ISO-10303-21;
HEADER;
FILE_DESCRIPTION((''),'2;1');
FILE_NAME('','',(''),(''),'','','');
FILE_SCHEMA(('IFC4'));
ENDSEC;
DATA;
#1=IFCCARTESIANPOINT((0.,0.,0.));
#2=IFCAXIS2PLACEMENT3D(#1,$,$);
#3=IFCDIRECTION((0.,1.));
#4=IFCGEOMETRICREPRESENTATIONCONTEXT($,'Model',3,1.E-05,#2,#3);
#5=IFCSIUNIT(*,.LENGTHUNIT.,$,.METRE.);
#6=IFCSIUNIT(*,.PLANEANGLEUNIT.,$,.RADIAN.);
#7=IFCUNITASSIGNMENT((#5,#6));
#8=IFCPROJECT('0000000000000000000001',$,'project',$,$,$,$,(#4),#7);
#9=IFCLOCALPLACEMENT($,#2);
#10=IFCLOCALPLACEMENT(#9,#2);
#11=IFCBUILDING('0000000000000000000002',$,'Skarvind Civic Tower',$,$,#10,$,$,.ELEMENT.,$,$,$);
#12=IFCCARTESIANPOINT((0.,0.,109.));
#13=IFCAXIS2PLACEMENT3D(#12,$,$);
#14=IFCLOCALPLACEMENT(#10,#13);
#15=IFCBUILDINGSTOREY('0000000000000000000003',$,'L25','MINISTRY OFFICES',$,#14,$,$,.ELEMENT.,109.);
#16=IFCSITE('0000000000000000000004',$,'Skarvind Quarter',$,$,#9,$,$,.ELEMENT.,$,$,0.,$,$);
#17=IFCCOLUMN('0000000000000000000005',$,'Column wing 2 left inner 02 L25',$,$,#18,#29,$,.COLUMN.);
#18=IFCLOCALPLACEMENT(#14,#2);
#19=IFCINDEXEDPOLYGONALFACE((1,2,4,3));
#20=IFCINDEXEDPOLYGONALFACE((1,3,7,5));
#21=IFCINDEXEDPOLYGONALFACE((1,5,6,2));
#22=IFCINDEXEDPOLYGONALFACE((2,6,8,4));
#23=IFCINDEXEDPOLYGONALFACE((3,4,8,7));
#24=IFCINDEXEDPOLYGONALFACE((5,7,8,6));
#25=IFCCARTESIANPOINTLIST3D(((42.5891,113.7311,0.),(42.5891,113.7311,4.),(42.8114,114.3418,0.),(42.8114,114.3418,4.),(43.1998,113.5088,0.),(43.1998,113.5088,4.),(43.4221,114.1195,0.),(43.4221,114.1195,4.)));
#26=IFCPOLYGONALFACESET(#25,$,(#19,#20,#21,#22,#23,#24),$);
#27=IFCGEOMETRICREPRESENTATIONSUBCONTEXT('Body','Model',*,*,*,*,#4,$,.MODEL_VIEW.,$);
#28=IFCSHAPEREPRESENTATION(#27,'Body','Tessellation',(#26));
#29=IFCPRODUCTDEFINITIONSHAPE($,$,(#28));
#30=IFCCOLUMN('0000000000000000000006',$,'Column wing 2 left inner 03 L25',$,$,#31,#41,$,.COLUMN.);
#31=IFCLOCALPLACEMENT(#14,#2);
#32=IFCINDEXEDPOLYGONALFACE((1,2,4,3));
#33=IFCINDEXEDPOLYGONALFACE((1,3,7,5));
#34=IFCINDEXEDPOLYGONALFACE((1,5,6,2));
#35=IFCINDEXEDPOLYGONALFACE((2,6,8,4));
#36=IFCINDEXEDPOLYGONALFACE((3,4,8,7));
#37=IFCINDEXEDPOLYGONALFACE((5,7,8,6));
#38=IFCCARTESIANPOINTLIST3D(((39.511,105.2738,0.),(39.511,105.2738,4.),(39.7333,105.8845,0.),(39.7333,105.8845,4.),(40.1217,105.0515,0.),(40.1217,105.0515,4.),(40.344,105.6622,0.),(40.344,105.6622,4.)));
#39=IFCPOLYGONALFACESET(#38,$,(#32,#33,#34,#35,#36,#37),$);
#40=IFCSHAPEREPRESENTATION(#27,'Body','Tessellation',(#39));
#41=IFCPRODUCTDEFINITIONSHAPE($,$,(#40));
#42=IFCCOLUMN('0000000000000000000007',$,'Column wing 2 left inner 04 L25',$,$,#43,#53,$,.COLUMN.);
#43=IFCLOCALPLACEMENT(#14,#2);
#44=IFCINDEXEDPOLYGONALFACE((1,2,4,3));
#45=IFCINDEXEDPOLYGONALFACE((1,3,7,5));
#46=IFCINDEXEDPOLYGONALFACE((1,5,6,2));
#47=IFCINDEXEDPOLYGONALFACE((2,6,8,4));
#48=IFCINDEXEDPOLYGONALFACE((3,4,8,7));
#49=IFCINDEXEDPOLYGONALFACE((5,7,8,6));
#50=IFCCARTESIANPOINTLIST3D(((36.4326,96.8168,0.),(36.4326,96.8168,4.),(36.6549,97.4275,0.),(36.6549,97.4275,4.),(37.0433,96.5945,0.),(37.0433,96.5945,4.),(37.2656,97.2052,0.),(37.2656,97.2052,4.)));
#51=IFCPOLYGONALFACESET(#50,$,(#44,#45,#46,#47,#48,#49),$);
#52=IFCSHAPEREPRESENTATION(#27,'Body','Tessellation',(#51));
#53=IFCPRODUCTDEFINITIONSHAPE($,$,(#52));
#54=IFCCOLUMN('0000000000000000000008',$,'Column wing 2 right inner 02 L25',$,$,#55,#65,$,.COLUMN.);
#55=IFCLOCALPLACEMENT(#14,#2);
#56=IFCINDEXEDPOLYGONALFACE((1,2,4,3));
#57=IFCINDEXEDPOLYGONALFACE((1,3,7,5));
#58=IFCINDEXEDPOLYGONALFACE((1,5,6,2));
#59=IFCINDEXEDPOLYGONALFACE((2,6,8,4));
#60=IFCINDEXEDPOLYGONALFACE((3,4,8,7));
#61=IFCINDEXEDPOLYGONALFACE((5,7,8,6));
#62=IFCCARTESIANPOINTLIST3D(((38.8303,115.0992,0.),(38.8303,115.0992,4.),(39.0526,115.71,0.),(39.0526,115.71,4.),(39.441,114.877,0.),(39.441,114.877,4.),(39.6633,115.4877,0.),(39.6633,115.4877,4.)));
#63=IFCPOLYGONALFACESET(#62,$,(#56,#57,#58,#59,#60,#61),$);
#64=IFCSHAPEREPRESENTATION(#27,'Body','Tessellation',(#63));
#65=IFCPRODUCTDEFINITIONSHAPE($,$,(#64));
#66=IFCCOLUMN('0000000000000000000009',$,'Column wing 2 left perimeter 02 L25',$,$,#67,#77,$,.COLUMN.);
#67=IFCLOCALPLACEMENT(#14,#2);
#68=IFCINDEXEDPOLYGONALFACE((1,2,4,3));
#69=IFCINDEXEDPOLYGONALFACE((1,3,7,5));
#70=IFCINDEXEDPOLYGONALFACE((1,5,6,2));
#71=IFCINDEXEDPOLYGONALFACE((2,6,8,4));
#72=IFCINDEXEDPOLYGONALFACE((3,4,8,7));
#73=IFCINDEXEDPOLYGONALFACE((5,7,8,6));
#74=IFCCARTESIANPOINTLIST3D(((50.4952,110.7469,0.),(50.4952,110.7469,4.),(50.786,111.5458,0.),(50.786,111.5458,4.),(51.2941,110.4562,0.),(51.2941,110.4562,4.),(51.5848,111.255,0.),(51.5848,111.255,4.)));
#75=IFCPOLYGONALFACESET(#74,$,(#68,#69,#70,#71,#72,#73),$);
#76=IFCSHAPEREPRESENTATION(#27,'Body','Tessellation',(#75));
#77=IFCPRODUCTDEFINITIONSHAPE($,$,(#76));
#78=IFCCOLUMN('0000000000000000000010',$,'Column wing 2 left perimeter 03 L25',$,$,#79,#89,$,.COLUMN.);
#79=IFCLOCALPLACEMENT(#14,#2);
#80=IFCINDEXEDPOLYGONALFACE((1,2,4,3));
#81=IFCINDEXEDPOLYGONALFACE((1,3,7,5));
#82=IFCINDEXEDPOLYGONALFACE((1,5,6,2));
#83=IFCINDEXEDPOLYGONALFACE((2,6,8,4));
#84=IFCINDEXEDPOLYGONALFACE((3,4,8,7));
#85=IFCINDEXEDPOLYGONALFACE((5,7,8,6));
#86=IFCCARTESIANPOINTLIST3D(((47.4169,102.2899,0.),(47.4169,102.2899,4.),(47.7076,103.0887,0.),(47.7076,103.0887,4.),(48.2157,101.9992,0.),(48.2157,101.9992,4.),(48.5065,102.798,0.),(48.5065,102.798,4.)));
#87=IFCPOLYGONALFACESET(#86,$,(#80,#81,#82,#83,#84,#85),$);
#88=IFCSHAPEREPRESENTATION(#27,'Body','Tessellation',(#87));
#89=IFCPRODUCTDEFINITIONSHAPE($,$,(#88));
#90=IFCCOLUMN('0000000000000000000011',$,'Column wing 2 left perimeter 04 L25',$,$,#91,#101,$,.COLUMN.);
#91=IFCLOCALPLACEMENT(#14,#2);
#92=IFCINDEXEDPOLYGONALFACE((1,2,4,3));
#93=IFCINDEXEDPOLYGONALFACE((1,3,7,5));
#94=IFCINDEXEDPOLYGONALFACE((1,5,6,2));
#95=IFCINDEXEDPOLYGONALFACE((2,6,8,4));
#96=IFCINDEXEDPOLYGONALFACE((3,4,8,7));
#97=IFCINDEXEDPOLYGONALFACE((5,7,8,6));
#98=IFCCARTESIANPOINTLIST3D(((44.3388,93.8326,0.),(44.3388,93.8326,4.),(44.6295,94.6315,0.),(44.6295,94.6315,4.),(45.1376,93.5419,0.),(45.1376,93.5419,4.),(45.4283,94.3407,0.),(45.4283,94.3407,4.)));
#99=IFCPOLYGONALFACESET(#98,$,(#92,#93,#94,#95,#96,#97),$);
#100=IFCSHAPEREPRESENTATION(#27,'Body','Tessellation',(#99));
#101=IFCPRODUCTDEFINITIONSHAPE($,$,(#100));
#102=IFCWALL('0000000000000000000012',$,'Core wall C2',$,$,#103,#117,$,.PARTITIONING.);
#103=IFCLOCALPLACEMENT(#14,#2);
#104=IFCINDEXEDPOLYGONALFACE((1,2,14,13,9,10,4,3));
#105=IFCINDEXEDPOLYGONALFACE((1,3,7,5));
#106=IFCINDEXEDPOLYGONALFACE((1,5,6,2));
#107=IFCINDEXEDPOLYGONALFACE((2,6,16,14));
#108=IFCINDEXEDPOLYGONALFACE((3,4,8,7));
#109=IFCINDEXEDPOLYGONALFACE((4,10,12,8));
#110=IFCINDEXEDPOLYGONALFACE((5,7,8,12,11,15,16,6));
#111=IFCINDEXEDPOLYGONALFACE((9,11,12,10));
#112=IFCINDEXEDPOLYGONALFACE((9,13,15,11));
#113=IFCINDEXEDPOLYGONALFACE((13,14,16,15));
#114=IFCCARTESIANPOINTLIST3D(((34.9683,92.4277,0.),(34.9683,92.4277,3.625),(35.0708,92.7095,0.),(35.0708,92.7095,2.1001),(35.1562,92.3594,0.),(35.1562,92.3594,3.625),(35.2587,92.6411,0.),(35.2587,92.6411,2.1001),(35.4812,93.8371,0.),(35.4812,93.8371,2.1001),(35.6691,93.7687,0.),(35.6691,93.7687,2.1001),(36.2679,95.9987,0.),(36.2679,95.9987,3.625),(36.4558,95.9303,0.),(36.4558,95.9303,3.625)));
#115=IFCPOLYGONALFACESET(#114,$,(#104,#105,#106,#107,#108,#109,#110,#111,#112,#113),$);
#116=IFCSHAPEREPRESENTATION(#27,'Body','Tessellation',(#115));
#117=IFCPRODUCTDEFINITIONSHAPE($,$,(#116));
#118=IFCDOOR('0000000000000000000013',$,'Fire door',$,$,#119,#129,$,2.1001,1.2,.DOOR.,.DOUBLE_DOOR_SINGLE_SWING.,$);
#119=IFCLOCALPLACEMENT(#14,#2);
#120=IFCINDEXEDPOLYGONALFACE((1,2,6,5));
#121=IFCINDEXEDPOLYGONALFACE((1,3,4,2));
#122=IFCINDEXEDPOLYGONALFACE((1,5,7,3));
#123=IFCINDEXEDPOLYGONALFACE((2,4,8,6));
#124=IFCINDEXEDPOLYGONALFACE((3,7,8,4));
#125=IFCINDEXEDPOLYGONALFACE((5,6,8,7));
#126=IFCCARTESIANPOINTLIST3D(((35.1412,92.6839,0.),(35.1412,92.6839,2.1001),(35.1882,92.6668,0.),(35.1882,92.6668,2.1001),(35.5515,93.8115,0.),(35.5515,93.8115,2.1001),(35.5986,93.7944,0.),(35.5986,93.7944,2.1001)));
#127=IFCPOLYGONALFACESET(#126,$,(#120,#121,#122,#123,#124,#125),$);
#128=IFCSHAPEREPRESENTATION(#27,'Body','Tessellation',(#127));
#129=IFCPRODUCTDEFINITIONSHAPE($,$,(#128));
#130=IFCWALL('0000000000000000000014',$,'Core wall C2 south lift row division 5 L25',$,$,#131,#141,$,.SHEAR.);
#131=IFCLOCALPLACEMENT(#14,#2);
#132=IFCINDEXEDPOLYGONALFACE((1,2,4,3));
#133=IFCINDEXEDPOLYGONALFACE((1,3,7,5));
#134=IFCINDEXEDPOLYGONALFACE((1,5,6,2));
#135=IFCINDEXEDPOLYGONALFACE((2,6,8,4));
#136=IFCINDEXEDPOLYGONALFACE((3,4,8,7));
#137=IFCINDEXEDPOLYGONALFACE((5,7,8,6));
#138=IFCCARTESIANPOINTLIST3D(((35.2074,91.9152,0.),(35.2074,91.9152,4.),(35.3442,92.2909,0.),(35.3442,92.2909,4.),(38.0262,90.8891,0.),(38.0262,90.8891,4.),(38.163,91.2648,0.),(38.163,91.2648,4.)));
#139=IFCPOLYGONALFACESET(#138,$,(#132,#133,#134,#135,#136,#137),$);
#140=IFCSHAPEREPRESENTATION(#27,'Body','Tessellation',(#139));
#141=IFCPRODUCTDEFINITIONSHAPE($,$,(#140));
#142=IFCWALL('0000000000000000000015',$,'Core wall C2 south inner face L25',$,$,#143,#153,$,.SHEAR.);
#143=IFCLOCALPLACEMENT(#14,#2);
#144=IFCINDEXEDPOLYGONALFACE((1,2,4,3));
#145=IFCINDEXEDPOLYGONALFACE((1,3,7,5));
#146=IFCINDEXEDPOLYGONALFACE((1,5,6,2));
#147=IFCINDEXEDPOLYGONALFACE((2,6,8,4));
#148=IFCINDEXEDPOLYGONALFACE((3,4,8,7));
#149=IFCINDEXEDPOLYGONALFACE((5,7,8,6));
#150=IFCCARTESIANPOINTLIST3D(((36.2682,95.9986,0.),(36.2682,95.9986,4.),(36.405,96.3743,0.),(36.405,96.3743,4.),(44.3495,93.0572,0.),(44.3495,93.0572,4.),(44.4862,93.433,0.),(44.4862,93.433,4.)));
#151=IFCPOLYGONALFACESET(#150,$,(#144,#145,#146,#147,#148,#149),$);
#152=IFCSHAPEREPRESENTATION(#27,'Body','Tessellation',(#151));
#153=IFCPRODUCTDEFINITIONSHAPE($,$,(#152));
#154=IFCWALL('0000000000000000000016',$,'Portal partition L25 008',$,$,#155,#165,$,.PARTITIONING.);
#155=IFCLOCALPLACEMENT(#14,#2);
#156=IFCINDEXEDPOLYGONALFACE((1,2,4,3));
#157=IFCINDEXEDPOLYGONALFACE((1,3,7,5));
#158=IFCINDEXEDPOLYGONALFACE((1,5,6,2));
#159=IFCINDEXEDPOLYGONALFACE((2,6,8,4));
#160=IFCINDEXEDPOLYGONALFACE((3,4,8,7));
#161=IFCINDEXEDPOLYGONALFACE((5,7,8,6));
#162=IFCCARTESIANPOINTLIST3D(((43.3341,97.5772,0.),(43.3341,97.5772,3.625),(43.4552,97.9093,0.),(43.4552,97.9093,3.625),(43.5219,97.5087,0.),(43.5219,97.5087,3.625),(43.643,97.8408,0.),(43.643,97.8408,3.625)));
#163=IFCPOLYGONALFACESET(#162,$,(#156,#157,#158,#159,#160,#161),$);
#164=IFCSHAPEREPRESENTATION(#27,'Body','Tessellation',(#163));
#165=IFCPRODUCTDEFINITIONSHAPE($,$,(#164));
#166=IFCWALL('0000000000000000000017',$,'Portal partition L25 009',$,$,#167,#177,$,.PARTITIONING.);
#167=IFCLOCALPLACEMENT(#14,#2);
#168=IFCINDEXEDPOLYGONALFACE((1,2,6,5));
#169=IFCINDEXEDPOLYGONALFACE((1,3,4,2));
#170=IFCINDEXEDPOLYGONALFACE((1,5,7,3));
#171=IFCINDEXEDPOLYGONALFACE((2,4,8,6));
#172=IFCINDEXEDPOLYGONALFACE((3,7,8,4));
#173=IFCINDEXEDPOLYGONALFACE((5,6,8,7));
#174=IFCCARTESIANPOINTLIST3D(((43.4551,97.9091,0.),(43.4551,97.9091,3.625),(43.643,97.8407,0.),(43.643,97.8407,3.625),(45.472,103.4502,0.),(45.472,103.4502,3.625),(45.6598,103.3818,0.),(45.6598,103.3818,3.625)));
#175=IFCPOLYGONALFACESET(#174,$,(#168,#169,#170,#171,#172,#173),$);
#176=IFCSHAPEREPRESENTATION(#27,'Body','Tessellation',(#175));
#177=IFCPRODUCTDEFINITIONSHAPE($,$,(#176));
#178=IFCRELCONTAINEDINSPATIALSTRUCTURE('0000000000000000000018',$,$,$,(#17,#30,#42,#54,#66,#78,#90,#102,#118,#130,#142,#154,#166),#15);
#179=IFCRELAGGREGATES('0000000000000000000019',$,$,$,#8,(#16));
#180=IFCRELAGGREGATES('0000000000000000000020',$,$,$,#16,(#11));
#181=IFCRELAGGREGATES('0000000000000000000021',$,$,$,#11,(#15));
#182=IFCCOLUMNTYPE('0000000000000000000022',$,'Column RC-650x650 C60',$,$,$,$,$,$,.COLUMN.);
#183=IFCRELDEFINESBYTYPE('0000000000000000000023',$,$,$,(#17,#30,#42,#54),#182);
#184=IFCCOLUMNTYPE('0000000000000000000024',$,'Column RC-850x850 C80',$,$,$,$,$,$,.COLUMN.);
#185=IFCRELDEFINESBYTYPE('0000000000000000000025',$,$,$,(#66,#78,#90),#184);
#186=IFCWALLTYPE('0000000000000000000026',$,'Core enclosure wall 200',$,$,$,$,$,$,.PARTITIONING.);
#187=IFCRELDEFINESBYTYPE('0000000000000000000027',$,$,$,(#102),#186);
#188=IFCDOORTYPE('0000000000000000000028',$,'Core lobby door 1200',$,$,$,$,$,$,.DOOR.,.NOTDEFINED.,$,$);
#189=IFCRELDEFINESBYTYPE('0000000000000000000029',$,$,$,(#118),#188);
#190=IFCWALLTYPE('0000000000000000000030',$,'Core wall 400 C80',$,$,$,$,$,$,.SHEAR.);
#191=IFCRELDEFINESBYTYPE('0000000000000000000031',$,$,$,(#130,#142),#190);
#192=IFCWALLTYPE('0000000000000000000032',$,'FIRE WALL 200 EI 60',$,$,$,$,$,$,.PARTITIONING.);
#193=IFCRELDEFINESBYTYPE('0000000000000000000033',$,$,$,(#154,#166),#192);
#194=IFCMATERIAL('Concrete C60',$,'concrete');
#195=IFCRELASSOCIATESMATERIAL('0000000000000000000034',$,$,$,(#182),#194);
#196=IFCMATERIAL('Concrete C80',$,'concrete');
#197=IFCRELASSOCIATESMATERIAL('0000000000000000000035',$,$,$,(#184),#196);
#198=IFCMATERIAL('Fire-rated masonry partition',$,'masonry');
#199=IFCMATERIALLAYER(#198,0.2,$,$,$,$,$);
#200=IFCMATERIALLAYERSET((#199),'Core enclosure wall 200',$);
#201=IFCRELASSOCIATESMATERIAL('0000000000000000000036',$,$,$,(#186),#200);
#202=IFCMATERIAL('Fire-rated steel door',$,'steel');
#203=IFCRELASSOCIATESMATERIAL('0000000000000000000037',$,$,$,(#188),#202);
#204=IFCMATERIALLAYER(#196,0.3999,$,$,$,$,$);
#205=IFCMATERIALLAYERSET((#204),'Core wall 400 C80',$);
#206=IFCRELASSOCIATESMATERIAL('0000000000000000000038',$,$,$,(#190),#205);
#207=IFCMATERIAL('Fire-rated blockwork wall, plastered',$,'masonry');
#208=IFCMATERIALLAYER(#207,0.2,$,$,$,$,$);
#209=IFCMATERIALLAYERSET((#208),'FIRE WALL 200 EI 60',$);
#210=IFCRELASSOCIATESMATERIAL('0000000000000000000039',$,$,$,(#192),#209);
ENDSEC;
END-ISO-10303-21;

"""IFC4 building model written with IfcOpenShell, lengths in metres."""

from ifc_helpers import new_model, si_unit, direction, frame, frame_2d, origin, origin_2d, place, context, subcontext, project, spatial, rectangle, extrude, material, layer, layer_set, material_profile, profile_set, type_object, element, fill, save


model = new_model("IFC4")

# Units and contexts
model_context = context("Model", 3, precision=1e-05, world=origin(), true_north=direction((0.0, 1.0)))
body_context = subcontext(model_context, "Body", "Model", "MODEL_VIEW")
ifc_project = project(units=[si_unit("LENGTHUNIT", "METRE"), si_unit("PLANEANGLEUNIT", "RADIAN")], contexts=[model_context])

# Site, building, storey
site_placement = place(None, origin())
site = spatial("IfcSite", under=ifc_project, at=site_placement, Name="Skarvind Quarter", CompositionType="ELEMENT", RefElevation=0.0)
building_placement = place(site_placement, origin())
building = spatial("IfcBuilding", under=site, at=building_placement, Name="Skarvind Civic Tower", CompositionType="ELEMENT")
storey_placement = place(building_placement, frame((0.0, 0.0, 109.0)))
storey = spatial("IfcBuildingStorey", under=building, at=storey_placement, Name="L25", Description="MINISTRY OFFICES", CompositionType="ELEMENT", Elevation=109.0)

# Columns
ifc_material_1 = material(Name="Concrete C60", Category="concrete")
ifc_material_profile_1 = material_profile(ifc_material_1, rectangle(XDim=0.6499, YDim=0.6499, at=origin_2d()), Name="RC-650x650")
ifc_profile_set_1 = profile_set([ifc_material_profile_1], Name="Concrete C60")
column_type_1 = type_object("IfcColumnType", Name="Column RC-650x650 C60", PredefinedType="COLUMN", material=ifc_profile_set_1)
for number, where, z_axis, x_axis, name in (
    (1, (43.0056, 113.9253, 0.0), (0.0, 0.0, 1.0), (-0.34202, -0.939693, 0.0), "Column wing 2 left inner 02 L25"),
    (2, (39.9275, 105.468, 0.0), (0.0, 0.0, 1.0), (-0.34202, -0.939693, 0.0), "Column wing 2 left inner 03 L25"),
    (3, (36.8491, 97.011, 0.0), (0.0, 0.0, 1.0), (-0.34202, -0.939693, 0.0), "Column wing 2 left inner 04 L25"),
    (4, (39.2468, 115.2935, 0.0), (0.0, 0.0, 1.0), (-0.34202, -0.939693, 0.0), "Column wing 2 right inner 02 L25"),
):
    element("IfcColumn", number, at=place(storey_placement, frame(where, z_axis=z_axis, x_axis=x_axis)), inside=storey, type_object=column_type_1, Name=name, PredefinedType="COLUMN", context=body_context, shape_type="SweptSolid", body=[
        extrude(rectangle(XDim=0.6499, YDim=0.6499, at=origin_2d()), origin(), (0.0, 0.0, 1.0), 4.0),
    ])
ifc_material_2 = material(Name="Concrete C80", Category="concrete")
ifc_material_profile_2 = material_profile(ifc_material_2, rectangle(XDim=0.8501, YDim=0.8501, at=origin_2d()), Name="RC-850x850")
ifc_profile_set_2 = profile_set([ifc_material_profile_2], Name="Concrete C80")
column_type_2 = type_object("IfcColumnType", Name="Column RC-850x850 C80", PredefinedType="COLUMN", material=ifc_profile_set_2)
for number, where, z_axis, x_axis, name in (
    (5, (51.04, 111.001, 0.0), (0.0, 0.0, 1.0), (-0.34202, -0.939693, 0.0), "Column wing 2 left perimeter 02 L25"),
    (6, (47.9617, 102.5439, 0.0), (0.0, 0.0, 1.0), (-0.34202, -0.939693, 0.0), "Column wing 2 left perimeter 03 L25"),
    (7, (44.8835, 94.0867, 0.0), (0.0, 0.0, 1.0), (-0.34202, -0.939693, 0.0), "Column wing 2 left perimeter 04 L25"),
):
    element("IfcColumn", number, at=place(storey_placement, frame(where, z_axis=z_axis, x_axis=x_axis)), inside=storey, type_object=column_type_2, Name=name, PredefinedType="COLUMN", context=body_context, shape_type="SweptSolid", body=[
        extrude(rectangle(XDim=0.8501, YDim=0.8501, at=origin_2d()), origin(), (0.0, 0.0, 1.0), 4.0),
    ])

# Wall, opening, door
ifc_material_3 = material(Name="Fire-rated masonry partition", Category="masonry")
ifc_layer_1 = layer(ifc_material_3, 0.2)
ifc_layer_set_1 = layer_set([ifc_layer_1], Name="Core enclosure wall 200")
wall_type_1 = type_object("IfcWallType", Name="Core enclosure wall 200", PredefinedType="PARTITIONING", material=ifc_layer_set_1)
wall_1_placement = place(storey_placement, frame((36.3618, 95.9644, 0.0), z_axis=(0.0, 0.0, 1.0), x_axis=(-0.341996, -0.939701, 0.0)))
wall_1 = element("IfcWall", 8, at=wall_1_placement, inside=storey, type_object=wall_type_1, Name="Core wall C2", PredefinedType="PARTITIONING", context=body_context, shape_type="SweptSolid", body=[
    extrude(rectangle(XDim=3.8, YDim=0.2, at=frame_2d((1.8999, 0.0))), origin(), (0.0, 0.0, 1.0), 3.625),
])
opening_1_placement = place(wall_1_placement, frame((2.3, 0.0, 0.0)))
opening_1 = element("IfcOpeningElement", 9, at=opening_1_placement, cuts=wall_1, PredefinedType="OPENING", context=body_context, shape_type="SweptSolid", body=[
    extrude(rectangle(XDim=1.2, YDim=2.1001, at=frame_2d((0.6001, 1.05))), frame((0.0, 0.1099, 0.0), z_axis=(0.0, -1.0, 0.0), x_axis=(1.0, 0.0, 0.0)), (0.0, 0.0, 1.0), 0.22),
])
ifc_material_4 = material(Name="Fire-rated steel door", Category="steel")
door_type_1 = type_object("IfcDoorType", Name="Core lobby door 1200", OperationType="NOTDEFINED", PredefinedType="DOOR", material=ifc_material_4)
door_1_placement = place(opening_1_placement, origin())
door_1 = element("IfcDoor", 10, at=door_1_placement, inside=storey, type_object=door_type_1, Name="Fire door", OperationType="DOUBLE_DOOR_SINGLE_SWING", OverallHeight=2.1001, OverallWidth=1.2, PredefinedType="DOOR", context=body_context, shape_type="SweptSolid", body=[
    extrude(rectangle(XDim=1.2, YDim=2.1001, at=frame_2d((0.6001, 1.05))), frame((0.0, 0.0249, 0.0), z_axis=(0.0, -1.0, 0.0), x_axis=(1.0, 0.0, 0.0)), (0.0, 0.0, 1.0), 0.05),
])
fill(opening_1, door_1)

# Walls
ifc_layer_2 = layer(ifc_material_2, 0.3999)
ifc_layer_set_2 = layer_set([ifc_layer_2], Name="Core wall 400 C80")
wall_type_2 = type_object("IfcWallType", Name="Core wall 400 C80", PredefinedType="SHEAR", material=ifc_layer_set_2)
wall_2_placement = place(storey_placement, frame((38.0947, 91.0769, 0.0), z_axis=(0.0, 0.0, 1.0), x_axis=(-0.939677, 0.342063, 0.0)))
element("IfcWall", 11, at=wall_2_placement, inside=storey, type_object=wall_type_2, Name="Core wall C2 south lift row division 5 L25", PredefinedType="SHEAR", context=body_context, shape_type="SweptSolid", body=[
    extrude(rectangle(XDim=2.9998, YDim=0.3999, at=frame_2d((1.5, 0.0))), origin(), (0.0, 0.0, 1.0), 4.0),
])
wall_3_placement = place(storey_placement, frame((44.4177, 93.2451, 0.0), z_axis=(0.0, 0.0, 1.0), x_axis=(-0.939691, 0.342026, 0.0)))
element("IfcWall", 12, at=wall_3_placement, inside=storey, type_object=wall_type_2, Name="Core wall C2 south inner face L25", PredefinedType="SHEAR", context=body_context, shape_type="SweptSolid", body=[
    extrude(rectangle(XDim=8.5999, YDim=0.3999, at=frame_2d((4.2998, 0.0))), origin(), (0.0, 0.0, 1.0), 4.0),
])
ifc_material_5 = material(Name="Fire-rated blockwork wall, plastered", Category="masonry")
ifc_layer_3 = layer(ifc_material_5, 0.2)
ifc_layer_set_3 = layer_set([ifc_layer_3], Name="FIRE WALL 200 EI 60")
wall_type_3 = type_object("IfcWallType", Name="FIRE WALL 200 EI 60", PredefinedType="PARTITIONING", material=ifc_layer_set_3)
wall_4_placement = place(storey_placement, frame((43.428, 97.543, 0.0), z_axis=(0.0, 0.0, 1.0), x_axis=(0.34263, 0.93947, 0.0)))
element("IfcWall", 13, at=wall_4_placement, inside=storey, type_object=wall_type_3, Name="Portal partition L25 008", PredefinedType="PARTITIONING", context=body_context, shape_type="SweptSolid", body=[
    extrude(rectangle(XDim=0.3535, YDim=0.2, at=frame_2d((0.1768, 0.0))), origin(), (0.0, 0.0, 1.0), 3.625),
])
wall_5_placement = place(storey_placement, frame((43.5491, 97.875, 0.0), z_axis=(0.0, 0.0, 1.0), x_axis=(0.342032, 0.939688, 0.0)))
element("IfcWall", 14, at=wall_5_placement, inside=storey, type_object=wall_type_3, Name="Portal partition L25 009", PredefinedType="PARTITIONING", context=body_context, shape_type="SweptSolid", body=[
    extrude(rectangle(XDim=5.8967, YDim=0.2, at=frame_2d((2.9482, 0.0))), origin(), (0.0, 0.0, 1.0), 3.625),
])

save(model, "model.ifc")
